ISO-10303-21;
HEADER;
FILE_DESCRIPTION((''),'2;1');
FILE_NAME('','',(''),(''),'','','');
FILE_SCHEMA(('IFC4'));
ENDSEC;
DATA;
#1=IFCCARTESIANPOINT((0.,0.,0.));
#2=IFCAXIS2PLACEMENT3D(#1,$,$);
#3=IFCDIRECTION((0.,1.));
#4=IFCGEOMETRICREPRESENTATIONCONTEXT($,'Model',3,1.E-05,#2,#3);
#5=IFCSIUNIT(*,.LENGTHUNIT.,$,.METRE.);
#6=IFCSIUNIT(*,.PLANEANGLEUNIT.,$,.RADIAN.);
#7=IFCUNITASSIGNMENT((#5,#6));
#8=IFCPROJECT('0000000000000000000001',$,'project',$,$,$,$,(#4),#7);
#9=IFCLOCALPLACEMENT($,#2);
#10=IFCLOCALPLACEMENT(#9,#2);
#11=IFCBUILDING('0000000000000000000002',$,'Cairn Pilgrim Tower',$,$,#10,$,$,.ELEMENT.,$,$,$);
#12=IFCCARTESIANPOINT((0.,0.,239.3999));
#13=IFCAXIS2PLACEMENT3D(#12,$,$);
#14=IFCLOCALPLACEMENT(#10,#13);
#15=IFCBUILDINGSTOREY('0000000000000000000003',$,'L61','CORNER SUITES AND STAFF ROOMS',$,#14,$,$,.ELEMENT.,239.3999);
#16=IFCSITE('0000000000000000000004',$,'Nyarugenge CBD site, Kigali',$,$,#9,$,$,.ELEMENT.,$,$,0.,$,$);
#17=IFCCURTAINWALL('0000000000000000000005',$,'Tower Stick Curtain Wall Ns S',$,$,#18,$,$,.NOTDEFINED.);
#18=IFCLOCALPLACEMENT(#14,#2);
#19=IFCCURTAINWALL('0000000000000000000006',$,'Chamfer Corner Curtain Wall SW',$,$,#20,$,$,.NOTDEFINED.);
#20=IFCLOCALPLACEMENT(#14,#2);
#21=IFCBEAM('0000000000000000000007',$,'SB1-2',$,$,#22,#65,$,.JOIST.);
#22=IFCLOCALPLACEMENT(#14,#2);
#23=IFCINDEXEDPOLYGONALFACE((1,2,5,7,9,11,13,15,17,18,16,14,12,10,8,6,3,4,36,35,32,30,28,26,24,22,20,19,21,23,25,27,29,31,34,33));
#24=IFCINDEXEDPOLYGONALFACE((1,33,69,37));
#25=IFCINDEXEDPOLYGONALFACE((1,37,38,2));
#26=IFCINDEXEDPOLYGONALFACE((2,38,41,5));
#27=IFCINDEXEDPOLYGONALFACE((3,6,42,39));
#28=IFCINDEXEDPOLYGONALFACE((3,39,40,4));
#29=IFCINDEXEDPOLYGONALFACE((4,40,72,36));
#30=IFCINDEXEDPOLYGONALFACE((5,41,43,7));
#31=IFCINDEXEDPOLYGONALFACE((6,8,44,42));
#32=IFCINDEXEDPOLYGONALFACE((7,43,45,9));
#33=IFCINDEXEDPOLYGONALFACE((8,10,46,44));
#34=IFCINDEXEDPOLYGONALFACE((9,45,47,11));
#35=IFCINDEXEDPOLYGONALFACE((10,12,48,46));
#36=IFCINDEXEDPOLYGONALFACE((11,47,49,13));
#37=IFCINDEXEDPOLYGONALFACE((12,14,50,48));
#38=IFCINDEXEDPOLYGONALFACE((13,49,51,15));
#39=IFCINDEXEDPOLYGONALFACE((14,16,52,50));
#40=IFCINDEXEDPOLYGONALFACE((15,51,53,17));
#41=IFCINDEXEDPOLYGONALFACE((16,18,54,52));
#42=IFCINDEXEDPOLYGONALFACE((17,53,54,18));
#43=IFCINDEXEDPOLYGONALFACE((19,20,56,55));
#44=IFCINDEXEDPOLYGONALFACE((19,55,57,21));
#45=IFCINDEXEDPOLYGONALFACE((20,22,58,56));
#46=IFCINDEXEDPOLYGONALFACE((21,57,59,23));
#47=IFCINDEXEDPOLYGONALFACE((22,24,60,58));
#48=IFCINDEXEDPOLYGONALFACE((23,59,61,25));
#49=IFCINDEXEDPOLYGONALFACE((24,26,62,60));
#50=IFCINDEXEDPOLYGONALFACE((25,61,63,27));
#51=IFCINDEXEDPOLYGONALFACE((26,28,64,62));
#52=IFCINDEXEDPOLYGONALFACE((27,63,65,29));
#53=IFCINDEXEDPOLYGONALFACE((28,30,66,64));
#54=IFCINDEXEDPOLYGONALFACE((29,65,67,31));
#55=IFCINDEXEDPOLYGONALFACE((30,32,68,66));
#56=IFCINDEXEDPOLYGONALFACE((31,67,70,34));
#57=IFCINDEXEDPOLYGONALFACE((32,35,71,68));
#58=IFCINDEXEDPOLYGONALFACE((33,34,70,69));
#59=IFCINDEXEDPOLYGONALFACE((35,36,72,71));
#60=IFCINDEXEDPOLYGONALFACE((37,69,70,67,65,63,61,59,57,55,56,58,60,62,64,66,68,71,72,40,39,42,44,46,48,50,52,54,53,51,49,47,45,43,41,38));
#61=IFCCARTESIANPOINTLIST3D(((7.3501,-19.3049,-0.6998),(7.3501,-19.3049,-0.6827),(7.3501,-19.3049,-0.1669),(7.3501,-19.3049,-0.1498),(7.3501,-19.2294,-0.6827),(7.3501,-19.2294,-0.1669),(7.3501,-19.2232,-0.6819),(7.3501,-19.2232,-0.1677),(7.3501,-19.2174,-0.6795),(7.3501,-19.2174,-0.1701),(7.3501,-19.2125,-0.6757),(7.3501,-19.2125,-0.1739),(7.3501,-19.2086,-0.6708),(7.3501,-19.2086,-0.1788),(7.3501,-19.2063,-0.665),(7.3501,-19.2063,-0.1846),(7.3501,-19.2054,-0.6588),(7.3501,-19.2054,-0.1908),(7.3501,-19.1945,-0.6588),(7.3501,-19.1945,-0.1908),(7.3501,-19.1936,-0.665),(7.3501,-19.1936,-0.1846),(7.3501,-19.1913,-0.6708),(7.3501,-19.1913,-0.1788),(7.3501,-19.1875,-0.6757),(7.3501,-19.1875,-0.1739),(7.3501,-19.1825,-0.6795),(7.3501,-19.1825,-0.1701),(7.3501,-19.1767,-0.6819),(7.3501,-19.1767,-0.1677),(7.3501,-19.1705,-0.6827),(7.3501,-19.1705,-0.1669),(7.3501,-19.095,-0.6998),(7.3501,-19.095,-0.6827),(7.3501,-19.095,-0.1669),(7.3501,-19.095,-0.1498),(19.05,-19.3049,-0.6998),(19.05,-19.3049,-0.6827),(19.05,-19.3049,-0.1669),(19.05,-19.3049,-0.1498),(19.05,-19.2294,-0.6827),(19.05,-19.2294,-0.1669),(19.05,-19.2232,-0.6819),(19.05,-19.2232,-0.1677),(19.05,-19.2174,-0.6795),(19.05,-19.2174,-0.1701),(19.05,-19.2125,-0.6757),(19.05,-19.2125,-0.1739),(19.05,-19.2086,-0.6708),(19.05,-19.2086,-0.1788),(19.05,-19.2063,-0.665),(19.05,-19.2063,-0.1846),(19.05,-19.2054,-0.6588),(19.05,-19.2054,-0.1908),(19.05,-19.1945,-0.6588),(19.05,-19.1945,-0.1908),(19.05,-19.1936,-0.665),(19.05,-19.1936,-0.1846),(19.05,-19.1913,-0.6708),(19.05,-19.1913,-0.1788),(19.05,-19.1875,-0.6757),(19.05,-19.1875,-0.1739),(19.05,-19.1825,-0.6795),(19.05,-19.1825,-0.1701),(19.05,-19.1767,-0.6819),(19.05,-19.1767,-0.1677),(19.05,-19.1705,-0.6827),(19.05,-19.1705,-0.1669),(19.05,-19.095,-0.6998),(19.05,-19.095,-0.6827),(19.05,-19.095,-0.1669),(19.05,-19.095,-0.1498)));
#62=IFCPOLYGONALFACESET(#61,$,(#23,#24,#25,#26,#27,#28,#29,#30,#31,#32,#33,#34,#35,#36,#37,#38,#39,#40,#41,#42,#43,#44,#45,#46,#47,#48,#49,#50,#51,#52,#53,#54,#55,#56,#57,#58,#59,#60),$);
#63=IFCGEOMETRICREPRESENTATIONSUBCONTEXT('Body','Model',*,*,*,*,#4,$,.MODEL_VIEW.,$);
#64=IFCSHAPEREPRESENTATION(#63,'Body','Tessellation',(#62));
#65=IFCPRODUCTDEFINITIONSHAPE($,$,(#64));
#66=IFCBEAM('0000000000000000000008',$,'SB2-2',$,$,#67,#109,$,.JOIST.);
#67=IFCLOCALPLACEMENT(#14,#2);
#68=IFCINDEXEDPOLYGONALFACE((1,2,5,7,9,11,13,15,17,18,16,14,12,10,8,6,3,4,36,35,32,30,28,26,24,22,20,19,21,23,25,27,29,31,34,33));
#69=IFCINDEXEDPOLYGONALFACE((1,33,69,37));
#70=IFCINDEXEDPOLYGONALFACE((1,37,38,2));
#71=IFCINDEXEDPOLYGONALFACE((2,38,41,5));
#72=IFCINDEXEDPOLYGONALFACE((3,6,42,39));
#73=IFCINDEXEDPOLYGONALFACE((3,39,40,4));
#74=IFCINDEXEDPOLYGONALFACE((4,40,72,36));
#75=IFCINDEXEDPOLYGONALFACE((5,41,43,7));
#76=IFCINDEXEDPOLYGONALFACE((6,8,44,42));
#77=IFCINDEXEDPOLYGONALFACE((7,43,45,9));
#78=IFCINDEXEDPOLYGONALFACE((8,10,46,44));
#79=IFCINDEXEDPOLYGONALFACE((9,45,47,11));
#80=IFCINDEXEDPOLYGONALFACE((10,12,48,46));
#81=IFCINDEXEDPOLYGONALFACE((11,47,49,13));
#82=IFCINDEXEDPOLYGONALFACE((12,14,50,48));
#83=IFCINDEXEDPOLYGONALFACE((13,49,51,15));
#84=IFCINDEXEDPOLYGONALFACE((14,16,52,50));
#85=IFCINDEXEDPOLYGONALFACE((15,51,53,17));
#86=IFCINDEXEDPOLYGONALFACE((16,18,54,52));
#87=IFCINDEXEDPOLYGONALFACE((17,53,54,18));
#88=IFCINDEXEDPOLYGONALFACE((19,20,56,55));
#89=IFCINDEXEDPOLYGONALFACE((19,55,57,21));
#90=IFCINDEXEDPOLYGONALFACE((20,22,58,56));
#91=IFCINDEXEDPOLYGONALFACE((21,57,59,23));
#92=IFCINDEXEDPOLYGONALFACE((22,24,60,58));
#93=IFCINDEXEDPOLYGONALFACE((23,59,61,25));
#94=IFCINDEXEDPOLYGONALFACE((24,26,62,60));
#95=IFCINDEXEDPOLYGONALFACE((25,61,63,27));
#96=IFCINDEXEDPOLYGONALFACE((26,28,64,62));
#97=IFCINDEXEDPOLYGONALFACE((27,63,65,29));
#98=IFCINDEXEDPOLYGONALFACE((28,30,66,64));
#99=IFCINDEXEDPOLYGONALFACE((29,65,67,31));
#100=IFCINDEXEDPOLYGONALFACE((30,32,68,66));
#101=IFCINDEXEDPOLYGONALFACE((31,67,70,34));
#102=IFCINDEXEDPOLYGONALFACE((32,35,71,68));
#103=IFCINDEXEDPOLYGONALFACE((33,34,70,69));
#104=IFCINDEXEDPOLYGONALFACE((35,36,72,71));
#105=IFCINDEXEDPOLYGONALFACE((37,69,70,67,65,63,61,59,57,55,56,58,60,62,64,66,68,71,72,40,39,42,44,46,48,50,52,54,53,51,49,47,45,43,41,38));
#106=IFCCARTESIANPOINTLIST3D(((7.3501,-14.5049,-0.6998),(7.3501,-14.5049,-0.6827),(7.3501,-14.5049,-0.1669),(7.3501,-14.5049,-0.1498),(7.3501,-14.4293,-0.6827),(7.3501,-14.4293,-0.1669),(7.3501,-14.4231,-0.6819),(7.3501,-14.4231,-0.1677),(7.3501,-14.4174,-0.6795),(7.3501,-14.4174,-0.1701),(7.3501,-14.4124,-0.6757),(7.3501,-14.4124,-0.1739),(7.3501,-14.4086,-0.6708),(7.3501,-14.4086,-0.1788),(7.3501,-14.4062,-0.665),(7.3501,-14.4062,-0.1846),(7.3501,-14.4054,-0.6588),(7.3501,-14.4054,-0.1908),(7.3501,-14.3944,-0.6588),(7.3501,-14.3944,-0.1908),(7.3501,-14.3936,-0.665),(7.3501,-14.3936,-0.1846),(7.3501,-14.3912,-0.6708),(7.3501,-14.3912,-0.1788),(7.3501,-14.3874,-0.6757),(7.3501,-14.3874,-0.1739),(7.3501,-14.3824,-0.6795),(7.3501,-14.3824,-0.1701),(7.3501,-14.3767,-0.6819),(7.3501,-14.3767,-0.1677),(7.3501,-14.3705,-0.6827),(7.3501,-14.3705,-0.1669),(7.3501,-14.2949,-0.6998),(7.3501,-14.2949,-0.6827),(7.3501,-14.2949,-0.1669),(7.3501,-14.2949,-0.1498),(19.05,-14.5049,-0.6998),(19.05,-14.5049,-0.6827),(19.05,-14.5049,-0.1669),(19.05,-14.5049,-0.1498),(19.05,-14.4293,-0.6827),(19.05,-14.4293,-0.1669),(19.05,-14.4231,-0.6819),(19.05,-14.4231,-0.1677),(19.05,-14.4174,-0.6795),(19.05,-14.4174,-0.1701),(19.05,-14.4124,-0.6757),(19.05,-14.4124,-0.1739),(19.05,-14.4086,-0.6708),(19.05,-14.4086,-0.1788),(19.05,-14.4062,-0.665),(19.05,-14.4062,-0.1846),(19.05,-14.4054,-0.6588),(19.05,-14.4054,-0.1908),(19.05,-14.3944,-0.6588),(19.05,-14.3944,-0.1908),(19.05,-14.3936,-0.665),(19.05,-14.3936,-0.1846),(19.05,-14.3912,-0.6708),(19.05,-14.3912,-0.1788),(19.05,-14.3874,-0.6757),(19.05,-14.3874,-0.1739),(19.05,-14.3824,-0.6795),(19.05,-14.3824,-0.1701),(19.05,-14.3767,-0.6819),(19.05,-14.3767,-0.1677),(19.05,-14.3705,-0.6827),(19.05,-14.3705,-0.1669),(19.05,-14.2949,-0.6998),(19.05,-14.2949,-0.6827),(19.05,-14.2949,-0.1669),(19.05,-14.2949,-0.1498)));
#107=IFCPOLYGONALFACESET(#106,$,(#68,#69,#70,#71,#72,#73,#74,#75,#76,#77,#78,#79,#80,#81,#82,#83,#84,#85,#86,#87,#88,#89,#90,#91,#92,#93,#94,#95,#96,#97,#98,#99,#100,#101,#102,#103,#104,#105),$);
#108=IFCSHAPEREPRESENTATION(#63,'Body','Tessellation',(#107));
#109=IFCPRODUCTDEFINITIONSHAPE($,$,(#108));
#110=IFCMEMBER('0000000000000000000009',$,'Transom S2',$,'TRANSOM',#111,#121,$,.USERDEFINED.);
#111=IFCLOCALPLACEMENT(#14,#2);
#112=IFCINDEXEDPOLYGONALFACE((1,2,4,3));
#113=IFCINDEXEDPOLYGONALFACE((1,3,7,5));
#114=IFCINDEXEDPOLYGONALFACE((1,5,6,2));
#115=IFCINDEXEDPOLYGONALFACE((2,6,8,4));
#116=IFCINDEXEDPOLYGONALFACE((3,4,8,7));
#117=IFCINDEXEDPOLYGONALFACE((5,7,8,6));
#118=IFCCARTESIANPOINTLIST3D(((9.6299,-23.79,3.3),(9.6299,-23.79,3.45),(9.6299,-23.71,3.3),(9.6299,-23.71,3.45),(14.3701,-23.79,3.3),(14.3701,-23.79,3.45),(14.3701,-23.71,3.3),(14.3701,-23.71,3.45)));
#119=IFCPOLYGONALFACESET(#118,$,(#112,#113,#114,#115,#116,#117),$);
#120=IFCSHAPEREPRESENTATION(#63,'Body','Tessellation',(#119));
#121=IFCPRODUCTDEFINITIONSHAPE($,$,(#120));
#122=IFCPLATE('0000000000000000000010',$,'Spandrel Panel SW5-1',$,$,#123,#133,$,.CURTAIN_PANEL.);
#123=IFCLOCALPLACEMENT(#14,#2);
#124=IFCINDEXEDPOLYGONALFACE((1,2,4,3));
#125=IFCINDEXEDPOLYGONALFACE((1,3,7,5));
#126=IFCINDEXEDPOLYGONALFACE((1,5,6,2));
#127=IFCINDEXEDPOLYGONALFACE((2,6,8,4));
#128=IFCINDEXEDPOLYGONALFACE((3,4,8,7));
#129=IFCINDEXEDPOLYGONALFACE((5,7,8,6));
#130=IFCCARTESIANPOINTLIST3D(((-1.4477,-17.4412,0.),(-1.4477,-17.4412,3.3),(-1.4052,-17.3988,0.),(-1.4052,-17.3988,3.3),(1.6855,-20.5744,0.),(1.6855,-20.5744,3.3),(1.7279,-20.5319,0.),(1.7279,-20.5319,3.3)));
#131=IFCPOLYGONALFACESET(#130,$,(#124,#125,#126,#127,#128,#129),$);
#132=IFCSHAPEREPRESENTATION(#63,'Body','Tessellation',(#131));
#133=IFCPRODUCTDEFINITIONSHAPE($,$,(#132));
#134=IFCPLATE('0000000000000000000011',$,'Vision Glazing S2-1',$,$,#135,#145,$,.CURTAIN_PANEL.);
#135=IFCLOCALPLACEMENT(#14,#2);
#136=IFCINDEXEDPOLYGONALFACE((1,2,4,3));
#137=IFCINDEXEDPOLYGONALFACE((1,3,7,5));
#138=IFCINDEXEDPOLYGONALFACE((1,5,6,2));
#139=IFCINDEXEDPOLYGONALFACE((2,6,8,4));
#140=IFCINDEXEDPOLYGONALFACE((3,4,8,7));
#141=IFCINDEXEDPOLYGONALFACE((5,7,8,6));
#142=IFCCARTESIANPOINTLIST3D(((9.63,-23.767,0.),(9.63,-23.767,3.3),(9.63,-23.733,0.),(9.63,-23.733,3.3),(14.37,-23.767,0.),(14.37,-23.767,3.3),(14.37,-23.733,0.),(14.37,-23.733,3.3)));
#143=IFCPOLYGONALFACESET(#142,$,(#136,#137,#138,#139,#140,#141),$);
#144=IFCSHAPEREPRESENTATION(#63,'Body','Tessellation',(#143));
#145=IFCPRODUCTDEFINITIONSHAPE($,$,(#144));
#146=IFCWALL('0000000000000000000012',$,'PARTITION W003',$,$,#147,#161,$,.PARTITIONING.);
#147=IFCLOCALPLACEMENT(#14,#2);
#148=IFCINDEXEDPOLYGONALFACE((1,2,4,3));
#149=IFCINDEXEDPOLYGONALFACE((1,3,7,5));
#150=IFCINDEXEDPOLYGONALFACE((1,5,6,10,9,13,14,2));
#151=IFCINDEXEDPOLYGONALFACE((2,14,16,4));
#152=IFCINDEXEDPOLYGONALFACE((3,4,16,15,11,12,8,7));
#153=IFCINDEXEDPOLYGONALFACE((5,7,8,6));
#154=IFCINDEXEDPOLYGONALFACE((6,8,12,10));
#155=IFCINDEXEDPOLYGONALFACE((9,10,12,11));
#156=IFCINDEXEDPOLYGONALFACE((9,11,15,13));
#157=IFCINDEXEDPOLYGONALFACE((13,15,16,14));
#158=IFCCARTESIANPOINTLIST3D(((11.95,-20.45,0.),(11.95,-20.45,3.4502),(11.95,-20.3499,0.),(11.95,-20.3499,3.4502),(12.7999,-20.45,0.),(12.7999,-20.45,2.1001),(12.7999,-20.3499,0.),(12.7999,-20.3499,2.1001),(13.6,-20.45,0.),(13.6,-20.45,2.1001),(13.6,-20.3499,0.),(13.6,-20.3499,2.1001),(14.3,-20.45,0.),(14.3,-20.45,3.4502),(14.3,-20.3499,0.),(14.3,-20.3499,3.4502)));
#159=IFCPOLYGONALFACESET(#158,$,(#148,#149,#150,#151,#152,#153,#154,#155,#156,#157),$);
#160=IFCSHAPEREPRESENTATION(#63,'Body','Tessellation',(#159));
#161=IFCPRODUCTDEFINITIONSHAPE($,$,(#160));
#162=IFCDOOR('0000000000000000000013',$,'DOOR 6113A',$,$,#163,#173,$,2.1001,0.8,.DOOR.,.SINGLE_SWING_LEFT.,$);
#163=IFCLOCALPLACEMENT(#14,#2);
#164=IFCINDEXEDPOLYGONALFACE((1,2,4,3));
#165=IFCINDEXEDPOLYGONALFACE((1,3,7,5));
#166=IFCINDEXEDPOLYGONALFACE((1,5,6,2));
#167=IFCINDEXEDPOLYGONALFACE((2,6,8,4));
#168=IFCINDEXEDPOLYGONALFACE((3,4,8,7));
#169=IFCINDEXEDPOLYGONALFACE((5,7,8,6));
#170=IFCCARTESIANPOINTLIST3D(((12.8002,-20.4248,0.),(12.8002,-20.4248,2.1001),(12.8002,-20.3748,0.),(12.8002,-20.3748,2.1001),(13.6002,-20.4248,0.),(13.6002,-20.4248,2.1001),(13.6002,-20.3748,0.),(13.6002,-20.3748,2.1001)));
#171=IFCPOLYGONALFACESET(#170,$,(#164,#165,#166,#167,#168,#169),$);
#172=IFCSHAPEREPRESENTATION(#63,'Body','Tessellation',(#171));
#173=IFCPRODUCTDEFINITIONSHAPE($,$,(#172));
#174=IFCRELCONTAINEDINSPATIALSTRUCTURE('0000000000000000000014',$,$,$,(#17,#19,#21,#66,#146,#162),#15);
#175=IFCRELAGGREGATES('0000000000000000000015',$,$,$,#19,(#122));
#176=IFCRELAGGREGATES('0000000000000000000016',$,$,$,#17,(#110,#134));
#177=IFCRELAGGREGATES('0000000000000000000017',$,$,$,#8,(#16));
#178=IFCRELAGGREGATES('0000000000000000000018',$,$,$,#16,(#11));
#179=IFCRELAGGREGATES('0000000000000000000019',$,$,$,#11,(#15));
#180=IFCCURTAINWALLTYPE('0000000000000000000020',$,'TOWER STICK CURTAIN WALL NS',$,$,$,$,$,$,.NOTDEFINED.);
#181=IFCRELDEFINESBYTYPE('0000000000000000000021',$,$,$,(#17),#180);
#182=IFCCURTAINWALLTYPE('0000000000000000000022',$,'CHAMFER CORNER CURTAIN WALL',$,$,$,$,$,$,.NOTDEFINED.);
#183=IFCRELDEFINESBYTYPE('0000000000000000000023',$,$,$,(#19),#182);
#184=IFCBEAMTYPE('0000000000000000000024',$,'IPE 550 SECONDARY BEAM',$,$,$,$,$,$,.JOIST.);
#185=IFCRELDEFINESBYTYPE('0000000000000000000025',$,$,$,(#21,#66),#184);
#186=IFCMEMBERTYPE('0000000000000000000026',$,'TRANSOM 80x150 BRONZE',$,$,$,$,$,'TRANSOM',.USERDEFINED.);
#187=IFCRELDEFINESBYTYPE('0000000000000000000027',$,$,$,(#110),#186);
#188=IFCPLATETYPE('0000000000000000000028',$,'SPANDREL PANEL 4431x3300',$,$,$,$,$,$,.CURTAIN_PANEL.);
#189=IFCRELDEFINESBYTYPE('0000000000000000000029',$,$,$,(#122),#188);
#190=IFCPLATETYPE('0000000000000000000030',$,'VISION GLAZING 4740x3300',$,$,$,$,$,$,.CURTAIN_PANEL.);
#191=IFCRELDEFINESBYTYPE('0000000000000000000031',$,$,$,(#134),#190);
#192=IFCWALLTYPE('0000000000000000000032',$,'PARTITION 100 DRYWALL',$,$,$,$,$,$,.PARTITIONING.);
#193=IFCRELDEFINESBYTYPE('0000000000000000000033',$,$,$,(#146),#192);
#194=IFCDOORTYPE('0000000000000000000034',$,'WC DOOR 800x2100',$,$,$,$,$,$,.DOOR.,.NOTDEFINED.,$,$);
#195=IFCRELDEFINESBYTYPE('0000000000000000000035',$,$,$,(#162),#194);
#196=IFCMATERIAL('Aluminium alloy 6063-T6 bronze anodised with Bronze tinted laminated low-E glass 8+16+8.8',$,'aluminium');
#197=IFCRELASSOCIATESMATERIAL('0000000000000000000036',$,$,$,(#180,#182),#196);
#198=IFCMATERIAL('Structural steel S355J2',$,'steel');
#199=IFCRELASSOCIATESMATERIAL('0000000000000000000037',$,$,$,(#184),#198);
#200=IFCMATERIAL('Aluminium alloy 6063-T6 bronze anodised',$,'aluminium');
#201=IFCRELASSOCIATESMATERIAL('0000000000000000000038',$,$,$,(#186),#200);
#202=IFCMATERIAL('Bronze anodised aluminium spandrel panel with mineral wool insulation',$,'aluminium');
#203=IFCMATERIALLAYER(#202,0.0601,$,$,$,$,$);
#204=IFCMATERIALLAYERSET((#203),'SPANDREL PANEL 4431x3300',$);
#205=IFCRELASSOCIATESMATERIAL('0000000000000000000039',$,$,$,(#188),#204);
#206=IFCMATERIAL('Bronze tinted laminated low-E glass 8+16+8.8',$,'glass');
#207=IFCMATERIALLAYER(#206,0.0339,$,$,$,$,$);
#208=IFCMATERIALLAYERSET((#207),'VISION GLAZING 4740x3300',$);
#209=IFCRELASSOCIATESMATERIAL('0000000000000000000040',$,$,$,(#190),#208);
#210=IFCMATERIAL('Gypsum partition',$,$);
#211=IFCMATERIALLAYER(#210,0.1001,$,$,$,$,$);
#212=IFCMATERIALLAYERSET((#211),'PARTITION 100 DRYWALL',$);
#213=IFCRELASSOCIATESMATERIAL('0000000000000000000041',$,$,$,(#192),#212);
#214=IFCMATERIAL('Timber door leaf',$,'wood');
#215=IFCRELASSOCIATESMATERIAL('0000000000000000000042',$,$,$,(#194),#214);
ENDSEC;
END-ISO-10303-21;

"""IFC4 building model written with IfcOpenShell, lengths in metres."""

from ifc_helpers import new_model, si_unit, direction, frame, frame_2d, origin, origin_2d, place, context, subcontext, project, spatial, rectangle, i_section, extrude, material, layer, layer_set, material_profile, profile_set, type_object, element, fill, aggregate, save


model = new_model("IFC4")

# Units and contexts
model_context = context("Model", 3, precision=1e-05, world=origin(), true_north=direction((0.0, 1.0)))
body_context = subcontext(model_context, "Body", "Model", "MODEL_VIEW")
ifc_project = project(units=[si_unit("LENGTHUNIT", "METRE"), si_unit("PLANEANGLEUNIT", "RADIAN")], contexts=[model_context])

# Site, building, storey
site_placement = place(None, origin())
site = spatial("IfcSite", under=ifc_project, at=site_placement, Name="Nyarugenge CBD site, Kigali", CompositionType="ELEMENT", RefElevation=0.0)
building_placement = place(site_placement, origin())
building = spatial("IfcBuilding", under=site, at=building_placement, Name="Cairn Pilgrim Tower", CompositionType="ELEMENT")
storey_placement = place(building_placement, frame((0.0, 0.0, 239.3999)))
storey = spatial("IfcBuildingStorey", under=building, at=storey_placement, Name="L61", Description="CORNER SUITES AND STAFF ROOMS", CompositionType="ELEMENT", Elevation=239.3999)

# Shared definitions
ifc_material_1 = material(Name="Structural steel S355J2", Category="steel")

# Curtain wall
ifc_material_2 = material(Name="Aluminium alloy 6063-T6 bronze anodised with Bronze tinted laminated low-E glass 8+16+8.8", Category="aluminium")
curtain_wall_type_1 = type_object("IfcCurtainWallType", Name="TOWER STICK CURTAIN WALL NS", PredefinedType="NOTDEFINED", material=ifc_material_2)
curtain_wall_1_placement = place(storey_placement, origin())
curtain_wall_1 = element("IfcCurtainWall", 1, at=curtain_wall_1_placement, inside=storey, type_object=curtain_wall_type_1, Name="Tower Stick Curtain Wall Ns S", PredefinedType="NOTDEFINED")
ifc_material_3 = material(Name="Aluminium alloy 6063-T6 bronze anodised", Category="aluminium")

# Curtain wall
curtain_wall_type_2 = type_object("IfcCurtainWallType", Name="CHAMFER CORNER CURTAIN WALL", PredefinedType="NOTDEFINED", material=ifc_material_2)
curtain_wall_2_placement = place(storey_placement, origin())
curtain_wall_2 = element("IfcCurtainWall", 2, at=curtain_wall_2_placement, inside=storey, type_object=curtain_wall_type_2, Name="Chamfer Corner Curtain Wall SW", PredefinedType="NOTDEFINED")

# Beams
ifc_material_profile_1 = material_profile(ifc_material_1, i_section(OverallWidth=0.21, OverallDepth=0.55, WebThickness=0.011, FlangeThickness=0.0171, FilletRadius=0.0239, at=origin_2d()), Name="IPE 550")
ifc_profile_set_1 = profile_set([ifc_material_profile_1], Name="Structural steel S355J2")
beam_type_1 = type_object("IfcBeamType", Name="IPE 550 SECONDARY BEAM", PredefinedType="JOIST", material=ifc_profile_set_1)
for number, where, z_axis, x_axis, name in (
    (3, (7.3501, -19.2, -0.4248), (1.0, 0.0, 0.0), (0.0, 1.0, 0.0), "SB1-2"),
    (4, (7.3501, -14.3999, -0.4248), (1.0, 0.0, 0.0), (0.0, 1.0, 0.0), "SB2-2"),
):
    element("IfcBeam", number, at=place(storey_placement, frame(where, z_axis=z_axis, x_axis=x_axis)), inside=storey, type_object=beam_type_1, Name=name, PredefinedType="JOIST", context=body_context, shape_type="SweptSolid", body=[
        extrude(i_section(OverallWidth=0.21, OverallDepth=0.55, WebThickness=0.011, FlangeThickness=0.0171, FilletRadius=0.0239, at=origin_2d()), origin(), (0.0, 0.0, 1.0), 11.7),
    ])

# Member
ifc_material_profile_2 = material_profile(ifc_material_3, rectangle(XDim=0.0801, YDim=0.1499, at=origin_2d()), Name="TRANSOM 80x150 BRONZE")
ifc_profile_set_2 = profile_set([ifc_material_profile_2], Name="Aluminium alloy 6063-T6 bronze anodised")
member_type_1 = type_object("IfcMemberType", Name="TRANSOM 80x150 BRONZE", ElementType="TRANSOM", PredefinedType="USERDEFINED", material=ifc_profile_set_2)
member_1_placement = place(storey_placement, frame((9.6299, -23.75, 3.375), z_axis=(1.0, 0.0, 0.0), x_axis=(0.0, 1.0, 0.0)))
member_1 = element("IfcMember", 5, at=member_1_placement, type_object=member_type_1, Name="Transom S2", ObjectType="TRANSOM", PredefinedType="USERDEFINED", context=body_context, shape_type="SweptSolid", body=[
    extrude(rectangle(XDim=0.0801, YDim=0.1499, at=origin_2d()), origin(), (0.0, 0.0, 1.0), 4.7402),
])

# Plates
ifc_material_4 = material(Name="Bronze anodised aluminium spandrel panel with mineral wool insulation", Category="aluminium")
ifc_layer_1 = layer(ifc_material_4, 0.0601)
ifc_layer_set_1 = layer_set([ifc_layer_1], Name="SPANDREL PANEL 4431x3300")
plate_type_1 = type_object("IfcPlateType", Name="SPANDREL PANEL 4431x3300", PredefinedType="CURTAIN_PANEL", material=ifc_layer_set_1)
plate_1_placement = place(storey_placement, frame((0.1401, -18.9866, 0.0), z_axis=(0.0, 0.0, 1.0), x_axis=(0.707107, -0.707107, 0.0)))
plate_1 = element("IfcPlate", 6, at=plate_1_placement, type_object=plate_type_1, Name="Spandrel Panel SW5-1", PredefinedType="CURTAIN_PANEL", context=body_context, shape_type="SweptSolid", body=[
    extrude(rectangle(XDim=4.4309, YDim=0.0601, at=origin_2d()), origin(), (0.0, 0.0, 1.0), 3.3),
])
aggregate(curtain_wall_2, [plate_1])
ifc_material_5 = material(Name="Bronze tinted laminated low-E glass 8+16+8.8", Category="glass")
ifc_layer_2 = layer(ifc_material_5, 0.0339)
ifc_layer_set_2 = layer_set([ifc_layer_2], Name="VISION GLAZING 4740x3300")
plate_type_2 = type_object("IfcPlateType", Name="VISION GLAZING 4740x3300", PredefinedType="CURTAIN_PANEL", material=ifc_layer_set_2)
plate_2_placement = place(storey_placement, frame((12.0, -23.75, 0.0), z_axis=(0.0, 0.0, 1.0), x_axis=(1.0, 0.0, 0.0)))
plate_2 = element("IfcPlate", 7, at=plate_2_placement, type_object=plate_type_2, Name="Vision Glazing S2-1", PredefinedType="CURTAIN_PANEL", context=body_context, shape_type="SweptSolid", body=[
    extrude(rectangle(XDim=4.74, YDim=0.0339, at=origin_2d()), origin(), (0.0, 0.0, 1.0), 3.3),
])
aggregate(curtain_wall_1, [member_1, plate_2])

# Wall, opening, door
ifc_material_6 = material(Name="Gypsum partition")
ifc_layer_3 = layer(ifc_material_6, 0.1001)
ifc_layer_set_3 = layer_set([ifc_layer_3], Name="PARTITION 100 DRYWALL")
wall_type_1 = type_object("IfcWallType", Name="PARTITION 100 DRYWALL", PredefinedType="PARTITIONING", material=ifc_layer_set_3)
wall_1_placement = place(storey_placement, frame((11.95, -20.3999, 0.0), z_axis=(0.0, 0.0, 1.0), x_axis=(1.0, 0.0, 0.0)))
wall_1 = element("IfcWall", 8, at=wall_1_placement, inside=storey, type_object=wall_type_1, Name="PARTITION W003", PredefinedType="PARTITIONING", context=body_context, shape_type="SweptSolid", body=[
    extrude(rectangle(XDim=2.3501, YDim=0.1001, at=frame_2d((1.175, 0.0))), origin(), (0.0, 0.0, 1.0), 3.4502),
])
opening_1_placement = place(wall_1_placement, frame((0.8501, 0.0, 0.0)))
opening_1 = element("IfcOpeningElement", 9, at=opening_1_placement, cuts=wall_1, PredefinedType="OPENING", context=body_context, shape_type="SweptSolid", body=[
    extrude(rectangle(XDim=0.8, YDim=2.1001, at=frame_2d((0.3999, 1.05))), frame((0.0, 0.0601, 0.0), z_axis=(0.0, -1.0, 0.0), x_axis=(1.0, 0.0, 0.0)), (0.0, 0.0, 1.0), 0.1201),
])
ifc_material_7 = material(Name="Timber door leaf", Category="wood")
door_type_1 = type_object("IfcDoorType", Name="WC DOOR 800x2100", OperationType="NOTDEFINED", PredefinedType="DOOR", material=ifc_material_7)
door_1_placement = place(opening_1_placement, frame((0.8, 0.0, 0.0), z_axis=(0.0, 0.0, 1.0), x_axis=(-1.0, 0.0, 0.0)))
door_1 = element("IfcDoor", 10, at=door_1_placement, inside=storey, type_object=door_type_1, Name="DOOR 6113A", OperationType="SINGLE_SWING_LEFT", OverallHeight=2.1001, OverallWidth=0.8, PredefinedType="DOOR", context=body_context, shape_type="SweptSolid", body=[
    extrude(rectangle(XDim=0.8, YDim=2.1001, at=frame_2d((0.3999, 1.05))), frame((0.0, 0.0249, 0.0), z_axis=(0.0, -1.0, 0.0), x_axis=(1.0, 0.0, 0.0)), (0.0, 0.0, 1.0), 0.05),
])
fill(opening_1, door_1)

save(model, "model.ifc")
